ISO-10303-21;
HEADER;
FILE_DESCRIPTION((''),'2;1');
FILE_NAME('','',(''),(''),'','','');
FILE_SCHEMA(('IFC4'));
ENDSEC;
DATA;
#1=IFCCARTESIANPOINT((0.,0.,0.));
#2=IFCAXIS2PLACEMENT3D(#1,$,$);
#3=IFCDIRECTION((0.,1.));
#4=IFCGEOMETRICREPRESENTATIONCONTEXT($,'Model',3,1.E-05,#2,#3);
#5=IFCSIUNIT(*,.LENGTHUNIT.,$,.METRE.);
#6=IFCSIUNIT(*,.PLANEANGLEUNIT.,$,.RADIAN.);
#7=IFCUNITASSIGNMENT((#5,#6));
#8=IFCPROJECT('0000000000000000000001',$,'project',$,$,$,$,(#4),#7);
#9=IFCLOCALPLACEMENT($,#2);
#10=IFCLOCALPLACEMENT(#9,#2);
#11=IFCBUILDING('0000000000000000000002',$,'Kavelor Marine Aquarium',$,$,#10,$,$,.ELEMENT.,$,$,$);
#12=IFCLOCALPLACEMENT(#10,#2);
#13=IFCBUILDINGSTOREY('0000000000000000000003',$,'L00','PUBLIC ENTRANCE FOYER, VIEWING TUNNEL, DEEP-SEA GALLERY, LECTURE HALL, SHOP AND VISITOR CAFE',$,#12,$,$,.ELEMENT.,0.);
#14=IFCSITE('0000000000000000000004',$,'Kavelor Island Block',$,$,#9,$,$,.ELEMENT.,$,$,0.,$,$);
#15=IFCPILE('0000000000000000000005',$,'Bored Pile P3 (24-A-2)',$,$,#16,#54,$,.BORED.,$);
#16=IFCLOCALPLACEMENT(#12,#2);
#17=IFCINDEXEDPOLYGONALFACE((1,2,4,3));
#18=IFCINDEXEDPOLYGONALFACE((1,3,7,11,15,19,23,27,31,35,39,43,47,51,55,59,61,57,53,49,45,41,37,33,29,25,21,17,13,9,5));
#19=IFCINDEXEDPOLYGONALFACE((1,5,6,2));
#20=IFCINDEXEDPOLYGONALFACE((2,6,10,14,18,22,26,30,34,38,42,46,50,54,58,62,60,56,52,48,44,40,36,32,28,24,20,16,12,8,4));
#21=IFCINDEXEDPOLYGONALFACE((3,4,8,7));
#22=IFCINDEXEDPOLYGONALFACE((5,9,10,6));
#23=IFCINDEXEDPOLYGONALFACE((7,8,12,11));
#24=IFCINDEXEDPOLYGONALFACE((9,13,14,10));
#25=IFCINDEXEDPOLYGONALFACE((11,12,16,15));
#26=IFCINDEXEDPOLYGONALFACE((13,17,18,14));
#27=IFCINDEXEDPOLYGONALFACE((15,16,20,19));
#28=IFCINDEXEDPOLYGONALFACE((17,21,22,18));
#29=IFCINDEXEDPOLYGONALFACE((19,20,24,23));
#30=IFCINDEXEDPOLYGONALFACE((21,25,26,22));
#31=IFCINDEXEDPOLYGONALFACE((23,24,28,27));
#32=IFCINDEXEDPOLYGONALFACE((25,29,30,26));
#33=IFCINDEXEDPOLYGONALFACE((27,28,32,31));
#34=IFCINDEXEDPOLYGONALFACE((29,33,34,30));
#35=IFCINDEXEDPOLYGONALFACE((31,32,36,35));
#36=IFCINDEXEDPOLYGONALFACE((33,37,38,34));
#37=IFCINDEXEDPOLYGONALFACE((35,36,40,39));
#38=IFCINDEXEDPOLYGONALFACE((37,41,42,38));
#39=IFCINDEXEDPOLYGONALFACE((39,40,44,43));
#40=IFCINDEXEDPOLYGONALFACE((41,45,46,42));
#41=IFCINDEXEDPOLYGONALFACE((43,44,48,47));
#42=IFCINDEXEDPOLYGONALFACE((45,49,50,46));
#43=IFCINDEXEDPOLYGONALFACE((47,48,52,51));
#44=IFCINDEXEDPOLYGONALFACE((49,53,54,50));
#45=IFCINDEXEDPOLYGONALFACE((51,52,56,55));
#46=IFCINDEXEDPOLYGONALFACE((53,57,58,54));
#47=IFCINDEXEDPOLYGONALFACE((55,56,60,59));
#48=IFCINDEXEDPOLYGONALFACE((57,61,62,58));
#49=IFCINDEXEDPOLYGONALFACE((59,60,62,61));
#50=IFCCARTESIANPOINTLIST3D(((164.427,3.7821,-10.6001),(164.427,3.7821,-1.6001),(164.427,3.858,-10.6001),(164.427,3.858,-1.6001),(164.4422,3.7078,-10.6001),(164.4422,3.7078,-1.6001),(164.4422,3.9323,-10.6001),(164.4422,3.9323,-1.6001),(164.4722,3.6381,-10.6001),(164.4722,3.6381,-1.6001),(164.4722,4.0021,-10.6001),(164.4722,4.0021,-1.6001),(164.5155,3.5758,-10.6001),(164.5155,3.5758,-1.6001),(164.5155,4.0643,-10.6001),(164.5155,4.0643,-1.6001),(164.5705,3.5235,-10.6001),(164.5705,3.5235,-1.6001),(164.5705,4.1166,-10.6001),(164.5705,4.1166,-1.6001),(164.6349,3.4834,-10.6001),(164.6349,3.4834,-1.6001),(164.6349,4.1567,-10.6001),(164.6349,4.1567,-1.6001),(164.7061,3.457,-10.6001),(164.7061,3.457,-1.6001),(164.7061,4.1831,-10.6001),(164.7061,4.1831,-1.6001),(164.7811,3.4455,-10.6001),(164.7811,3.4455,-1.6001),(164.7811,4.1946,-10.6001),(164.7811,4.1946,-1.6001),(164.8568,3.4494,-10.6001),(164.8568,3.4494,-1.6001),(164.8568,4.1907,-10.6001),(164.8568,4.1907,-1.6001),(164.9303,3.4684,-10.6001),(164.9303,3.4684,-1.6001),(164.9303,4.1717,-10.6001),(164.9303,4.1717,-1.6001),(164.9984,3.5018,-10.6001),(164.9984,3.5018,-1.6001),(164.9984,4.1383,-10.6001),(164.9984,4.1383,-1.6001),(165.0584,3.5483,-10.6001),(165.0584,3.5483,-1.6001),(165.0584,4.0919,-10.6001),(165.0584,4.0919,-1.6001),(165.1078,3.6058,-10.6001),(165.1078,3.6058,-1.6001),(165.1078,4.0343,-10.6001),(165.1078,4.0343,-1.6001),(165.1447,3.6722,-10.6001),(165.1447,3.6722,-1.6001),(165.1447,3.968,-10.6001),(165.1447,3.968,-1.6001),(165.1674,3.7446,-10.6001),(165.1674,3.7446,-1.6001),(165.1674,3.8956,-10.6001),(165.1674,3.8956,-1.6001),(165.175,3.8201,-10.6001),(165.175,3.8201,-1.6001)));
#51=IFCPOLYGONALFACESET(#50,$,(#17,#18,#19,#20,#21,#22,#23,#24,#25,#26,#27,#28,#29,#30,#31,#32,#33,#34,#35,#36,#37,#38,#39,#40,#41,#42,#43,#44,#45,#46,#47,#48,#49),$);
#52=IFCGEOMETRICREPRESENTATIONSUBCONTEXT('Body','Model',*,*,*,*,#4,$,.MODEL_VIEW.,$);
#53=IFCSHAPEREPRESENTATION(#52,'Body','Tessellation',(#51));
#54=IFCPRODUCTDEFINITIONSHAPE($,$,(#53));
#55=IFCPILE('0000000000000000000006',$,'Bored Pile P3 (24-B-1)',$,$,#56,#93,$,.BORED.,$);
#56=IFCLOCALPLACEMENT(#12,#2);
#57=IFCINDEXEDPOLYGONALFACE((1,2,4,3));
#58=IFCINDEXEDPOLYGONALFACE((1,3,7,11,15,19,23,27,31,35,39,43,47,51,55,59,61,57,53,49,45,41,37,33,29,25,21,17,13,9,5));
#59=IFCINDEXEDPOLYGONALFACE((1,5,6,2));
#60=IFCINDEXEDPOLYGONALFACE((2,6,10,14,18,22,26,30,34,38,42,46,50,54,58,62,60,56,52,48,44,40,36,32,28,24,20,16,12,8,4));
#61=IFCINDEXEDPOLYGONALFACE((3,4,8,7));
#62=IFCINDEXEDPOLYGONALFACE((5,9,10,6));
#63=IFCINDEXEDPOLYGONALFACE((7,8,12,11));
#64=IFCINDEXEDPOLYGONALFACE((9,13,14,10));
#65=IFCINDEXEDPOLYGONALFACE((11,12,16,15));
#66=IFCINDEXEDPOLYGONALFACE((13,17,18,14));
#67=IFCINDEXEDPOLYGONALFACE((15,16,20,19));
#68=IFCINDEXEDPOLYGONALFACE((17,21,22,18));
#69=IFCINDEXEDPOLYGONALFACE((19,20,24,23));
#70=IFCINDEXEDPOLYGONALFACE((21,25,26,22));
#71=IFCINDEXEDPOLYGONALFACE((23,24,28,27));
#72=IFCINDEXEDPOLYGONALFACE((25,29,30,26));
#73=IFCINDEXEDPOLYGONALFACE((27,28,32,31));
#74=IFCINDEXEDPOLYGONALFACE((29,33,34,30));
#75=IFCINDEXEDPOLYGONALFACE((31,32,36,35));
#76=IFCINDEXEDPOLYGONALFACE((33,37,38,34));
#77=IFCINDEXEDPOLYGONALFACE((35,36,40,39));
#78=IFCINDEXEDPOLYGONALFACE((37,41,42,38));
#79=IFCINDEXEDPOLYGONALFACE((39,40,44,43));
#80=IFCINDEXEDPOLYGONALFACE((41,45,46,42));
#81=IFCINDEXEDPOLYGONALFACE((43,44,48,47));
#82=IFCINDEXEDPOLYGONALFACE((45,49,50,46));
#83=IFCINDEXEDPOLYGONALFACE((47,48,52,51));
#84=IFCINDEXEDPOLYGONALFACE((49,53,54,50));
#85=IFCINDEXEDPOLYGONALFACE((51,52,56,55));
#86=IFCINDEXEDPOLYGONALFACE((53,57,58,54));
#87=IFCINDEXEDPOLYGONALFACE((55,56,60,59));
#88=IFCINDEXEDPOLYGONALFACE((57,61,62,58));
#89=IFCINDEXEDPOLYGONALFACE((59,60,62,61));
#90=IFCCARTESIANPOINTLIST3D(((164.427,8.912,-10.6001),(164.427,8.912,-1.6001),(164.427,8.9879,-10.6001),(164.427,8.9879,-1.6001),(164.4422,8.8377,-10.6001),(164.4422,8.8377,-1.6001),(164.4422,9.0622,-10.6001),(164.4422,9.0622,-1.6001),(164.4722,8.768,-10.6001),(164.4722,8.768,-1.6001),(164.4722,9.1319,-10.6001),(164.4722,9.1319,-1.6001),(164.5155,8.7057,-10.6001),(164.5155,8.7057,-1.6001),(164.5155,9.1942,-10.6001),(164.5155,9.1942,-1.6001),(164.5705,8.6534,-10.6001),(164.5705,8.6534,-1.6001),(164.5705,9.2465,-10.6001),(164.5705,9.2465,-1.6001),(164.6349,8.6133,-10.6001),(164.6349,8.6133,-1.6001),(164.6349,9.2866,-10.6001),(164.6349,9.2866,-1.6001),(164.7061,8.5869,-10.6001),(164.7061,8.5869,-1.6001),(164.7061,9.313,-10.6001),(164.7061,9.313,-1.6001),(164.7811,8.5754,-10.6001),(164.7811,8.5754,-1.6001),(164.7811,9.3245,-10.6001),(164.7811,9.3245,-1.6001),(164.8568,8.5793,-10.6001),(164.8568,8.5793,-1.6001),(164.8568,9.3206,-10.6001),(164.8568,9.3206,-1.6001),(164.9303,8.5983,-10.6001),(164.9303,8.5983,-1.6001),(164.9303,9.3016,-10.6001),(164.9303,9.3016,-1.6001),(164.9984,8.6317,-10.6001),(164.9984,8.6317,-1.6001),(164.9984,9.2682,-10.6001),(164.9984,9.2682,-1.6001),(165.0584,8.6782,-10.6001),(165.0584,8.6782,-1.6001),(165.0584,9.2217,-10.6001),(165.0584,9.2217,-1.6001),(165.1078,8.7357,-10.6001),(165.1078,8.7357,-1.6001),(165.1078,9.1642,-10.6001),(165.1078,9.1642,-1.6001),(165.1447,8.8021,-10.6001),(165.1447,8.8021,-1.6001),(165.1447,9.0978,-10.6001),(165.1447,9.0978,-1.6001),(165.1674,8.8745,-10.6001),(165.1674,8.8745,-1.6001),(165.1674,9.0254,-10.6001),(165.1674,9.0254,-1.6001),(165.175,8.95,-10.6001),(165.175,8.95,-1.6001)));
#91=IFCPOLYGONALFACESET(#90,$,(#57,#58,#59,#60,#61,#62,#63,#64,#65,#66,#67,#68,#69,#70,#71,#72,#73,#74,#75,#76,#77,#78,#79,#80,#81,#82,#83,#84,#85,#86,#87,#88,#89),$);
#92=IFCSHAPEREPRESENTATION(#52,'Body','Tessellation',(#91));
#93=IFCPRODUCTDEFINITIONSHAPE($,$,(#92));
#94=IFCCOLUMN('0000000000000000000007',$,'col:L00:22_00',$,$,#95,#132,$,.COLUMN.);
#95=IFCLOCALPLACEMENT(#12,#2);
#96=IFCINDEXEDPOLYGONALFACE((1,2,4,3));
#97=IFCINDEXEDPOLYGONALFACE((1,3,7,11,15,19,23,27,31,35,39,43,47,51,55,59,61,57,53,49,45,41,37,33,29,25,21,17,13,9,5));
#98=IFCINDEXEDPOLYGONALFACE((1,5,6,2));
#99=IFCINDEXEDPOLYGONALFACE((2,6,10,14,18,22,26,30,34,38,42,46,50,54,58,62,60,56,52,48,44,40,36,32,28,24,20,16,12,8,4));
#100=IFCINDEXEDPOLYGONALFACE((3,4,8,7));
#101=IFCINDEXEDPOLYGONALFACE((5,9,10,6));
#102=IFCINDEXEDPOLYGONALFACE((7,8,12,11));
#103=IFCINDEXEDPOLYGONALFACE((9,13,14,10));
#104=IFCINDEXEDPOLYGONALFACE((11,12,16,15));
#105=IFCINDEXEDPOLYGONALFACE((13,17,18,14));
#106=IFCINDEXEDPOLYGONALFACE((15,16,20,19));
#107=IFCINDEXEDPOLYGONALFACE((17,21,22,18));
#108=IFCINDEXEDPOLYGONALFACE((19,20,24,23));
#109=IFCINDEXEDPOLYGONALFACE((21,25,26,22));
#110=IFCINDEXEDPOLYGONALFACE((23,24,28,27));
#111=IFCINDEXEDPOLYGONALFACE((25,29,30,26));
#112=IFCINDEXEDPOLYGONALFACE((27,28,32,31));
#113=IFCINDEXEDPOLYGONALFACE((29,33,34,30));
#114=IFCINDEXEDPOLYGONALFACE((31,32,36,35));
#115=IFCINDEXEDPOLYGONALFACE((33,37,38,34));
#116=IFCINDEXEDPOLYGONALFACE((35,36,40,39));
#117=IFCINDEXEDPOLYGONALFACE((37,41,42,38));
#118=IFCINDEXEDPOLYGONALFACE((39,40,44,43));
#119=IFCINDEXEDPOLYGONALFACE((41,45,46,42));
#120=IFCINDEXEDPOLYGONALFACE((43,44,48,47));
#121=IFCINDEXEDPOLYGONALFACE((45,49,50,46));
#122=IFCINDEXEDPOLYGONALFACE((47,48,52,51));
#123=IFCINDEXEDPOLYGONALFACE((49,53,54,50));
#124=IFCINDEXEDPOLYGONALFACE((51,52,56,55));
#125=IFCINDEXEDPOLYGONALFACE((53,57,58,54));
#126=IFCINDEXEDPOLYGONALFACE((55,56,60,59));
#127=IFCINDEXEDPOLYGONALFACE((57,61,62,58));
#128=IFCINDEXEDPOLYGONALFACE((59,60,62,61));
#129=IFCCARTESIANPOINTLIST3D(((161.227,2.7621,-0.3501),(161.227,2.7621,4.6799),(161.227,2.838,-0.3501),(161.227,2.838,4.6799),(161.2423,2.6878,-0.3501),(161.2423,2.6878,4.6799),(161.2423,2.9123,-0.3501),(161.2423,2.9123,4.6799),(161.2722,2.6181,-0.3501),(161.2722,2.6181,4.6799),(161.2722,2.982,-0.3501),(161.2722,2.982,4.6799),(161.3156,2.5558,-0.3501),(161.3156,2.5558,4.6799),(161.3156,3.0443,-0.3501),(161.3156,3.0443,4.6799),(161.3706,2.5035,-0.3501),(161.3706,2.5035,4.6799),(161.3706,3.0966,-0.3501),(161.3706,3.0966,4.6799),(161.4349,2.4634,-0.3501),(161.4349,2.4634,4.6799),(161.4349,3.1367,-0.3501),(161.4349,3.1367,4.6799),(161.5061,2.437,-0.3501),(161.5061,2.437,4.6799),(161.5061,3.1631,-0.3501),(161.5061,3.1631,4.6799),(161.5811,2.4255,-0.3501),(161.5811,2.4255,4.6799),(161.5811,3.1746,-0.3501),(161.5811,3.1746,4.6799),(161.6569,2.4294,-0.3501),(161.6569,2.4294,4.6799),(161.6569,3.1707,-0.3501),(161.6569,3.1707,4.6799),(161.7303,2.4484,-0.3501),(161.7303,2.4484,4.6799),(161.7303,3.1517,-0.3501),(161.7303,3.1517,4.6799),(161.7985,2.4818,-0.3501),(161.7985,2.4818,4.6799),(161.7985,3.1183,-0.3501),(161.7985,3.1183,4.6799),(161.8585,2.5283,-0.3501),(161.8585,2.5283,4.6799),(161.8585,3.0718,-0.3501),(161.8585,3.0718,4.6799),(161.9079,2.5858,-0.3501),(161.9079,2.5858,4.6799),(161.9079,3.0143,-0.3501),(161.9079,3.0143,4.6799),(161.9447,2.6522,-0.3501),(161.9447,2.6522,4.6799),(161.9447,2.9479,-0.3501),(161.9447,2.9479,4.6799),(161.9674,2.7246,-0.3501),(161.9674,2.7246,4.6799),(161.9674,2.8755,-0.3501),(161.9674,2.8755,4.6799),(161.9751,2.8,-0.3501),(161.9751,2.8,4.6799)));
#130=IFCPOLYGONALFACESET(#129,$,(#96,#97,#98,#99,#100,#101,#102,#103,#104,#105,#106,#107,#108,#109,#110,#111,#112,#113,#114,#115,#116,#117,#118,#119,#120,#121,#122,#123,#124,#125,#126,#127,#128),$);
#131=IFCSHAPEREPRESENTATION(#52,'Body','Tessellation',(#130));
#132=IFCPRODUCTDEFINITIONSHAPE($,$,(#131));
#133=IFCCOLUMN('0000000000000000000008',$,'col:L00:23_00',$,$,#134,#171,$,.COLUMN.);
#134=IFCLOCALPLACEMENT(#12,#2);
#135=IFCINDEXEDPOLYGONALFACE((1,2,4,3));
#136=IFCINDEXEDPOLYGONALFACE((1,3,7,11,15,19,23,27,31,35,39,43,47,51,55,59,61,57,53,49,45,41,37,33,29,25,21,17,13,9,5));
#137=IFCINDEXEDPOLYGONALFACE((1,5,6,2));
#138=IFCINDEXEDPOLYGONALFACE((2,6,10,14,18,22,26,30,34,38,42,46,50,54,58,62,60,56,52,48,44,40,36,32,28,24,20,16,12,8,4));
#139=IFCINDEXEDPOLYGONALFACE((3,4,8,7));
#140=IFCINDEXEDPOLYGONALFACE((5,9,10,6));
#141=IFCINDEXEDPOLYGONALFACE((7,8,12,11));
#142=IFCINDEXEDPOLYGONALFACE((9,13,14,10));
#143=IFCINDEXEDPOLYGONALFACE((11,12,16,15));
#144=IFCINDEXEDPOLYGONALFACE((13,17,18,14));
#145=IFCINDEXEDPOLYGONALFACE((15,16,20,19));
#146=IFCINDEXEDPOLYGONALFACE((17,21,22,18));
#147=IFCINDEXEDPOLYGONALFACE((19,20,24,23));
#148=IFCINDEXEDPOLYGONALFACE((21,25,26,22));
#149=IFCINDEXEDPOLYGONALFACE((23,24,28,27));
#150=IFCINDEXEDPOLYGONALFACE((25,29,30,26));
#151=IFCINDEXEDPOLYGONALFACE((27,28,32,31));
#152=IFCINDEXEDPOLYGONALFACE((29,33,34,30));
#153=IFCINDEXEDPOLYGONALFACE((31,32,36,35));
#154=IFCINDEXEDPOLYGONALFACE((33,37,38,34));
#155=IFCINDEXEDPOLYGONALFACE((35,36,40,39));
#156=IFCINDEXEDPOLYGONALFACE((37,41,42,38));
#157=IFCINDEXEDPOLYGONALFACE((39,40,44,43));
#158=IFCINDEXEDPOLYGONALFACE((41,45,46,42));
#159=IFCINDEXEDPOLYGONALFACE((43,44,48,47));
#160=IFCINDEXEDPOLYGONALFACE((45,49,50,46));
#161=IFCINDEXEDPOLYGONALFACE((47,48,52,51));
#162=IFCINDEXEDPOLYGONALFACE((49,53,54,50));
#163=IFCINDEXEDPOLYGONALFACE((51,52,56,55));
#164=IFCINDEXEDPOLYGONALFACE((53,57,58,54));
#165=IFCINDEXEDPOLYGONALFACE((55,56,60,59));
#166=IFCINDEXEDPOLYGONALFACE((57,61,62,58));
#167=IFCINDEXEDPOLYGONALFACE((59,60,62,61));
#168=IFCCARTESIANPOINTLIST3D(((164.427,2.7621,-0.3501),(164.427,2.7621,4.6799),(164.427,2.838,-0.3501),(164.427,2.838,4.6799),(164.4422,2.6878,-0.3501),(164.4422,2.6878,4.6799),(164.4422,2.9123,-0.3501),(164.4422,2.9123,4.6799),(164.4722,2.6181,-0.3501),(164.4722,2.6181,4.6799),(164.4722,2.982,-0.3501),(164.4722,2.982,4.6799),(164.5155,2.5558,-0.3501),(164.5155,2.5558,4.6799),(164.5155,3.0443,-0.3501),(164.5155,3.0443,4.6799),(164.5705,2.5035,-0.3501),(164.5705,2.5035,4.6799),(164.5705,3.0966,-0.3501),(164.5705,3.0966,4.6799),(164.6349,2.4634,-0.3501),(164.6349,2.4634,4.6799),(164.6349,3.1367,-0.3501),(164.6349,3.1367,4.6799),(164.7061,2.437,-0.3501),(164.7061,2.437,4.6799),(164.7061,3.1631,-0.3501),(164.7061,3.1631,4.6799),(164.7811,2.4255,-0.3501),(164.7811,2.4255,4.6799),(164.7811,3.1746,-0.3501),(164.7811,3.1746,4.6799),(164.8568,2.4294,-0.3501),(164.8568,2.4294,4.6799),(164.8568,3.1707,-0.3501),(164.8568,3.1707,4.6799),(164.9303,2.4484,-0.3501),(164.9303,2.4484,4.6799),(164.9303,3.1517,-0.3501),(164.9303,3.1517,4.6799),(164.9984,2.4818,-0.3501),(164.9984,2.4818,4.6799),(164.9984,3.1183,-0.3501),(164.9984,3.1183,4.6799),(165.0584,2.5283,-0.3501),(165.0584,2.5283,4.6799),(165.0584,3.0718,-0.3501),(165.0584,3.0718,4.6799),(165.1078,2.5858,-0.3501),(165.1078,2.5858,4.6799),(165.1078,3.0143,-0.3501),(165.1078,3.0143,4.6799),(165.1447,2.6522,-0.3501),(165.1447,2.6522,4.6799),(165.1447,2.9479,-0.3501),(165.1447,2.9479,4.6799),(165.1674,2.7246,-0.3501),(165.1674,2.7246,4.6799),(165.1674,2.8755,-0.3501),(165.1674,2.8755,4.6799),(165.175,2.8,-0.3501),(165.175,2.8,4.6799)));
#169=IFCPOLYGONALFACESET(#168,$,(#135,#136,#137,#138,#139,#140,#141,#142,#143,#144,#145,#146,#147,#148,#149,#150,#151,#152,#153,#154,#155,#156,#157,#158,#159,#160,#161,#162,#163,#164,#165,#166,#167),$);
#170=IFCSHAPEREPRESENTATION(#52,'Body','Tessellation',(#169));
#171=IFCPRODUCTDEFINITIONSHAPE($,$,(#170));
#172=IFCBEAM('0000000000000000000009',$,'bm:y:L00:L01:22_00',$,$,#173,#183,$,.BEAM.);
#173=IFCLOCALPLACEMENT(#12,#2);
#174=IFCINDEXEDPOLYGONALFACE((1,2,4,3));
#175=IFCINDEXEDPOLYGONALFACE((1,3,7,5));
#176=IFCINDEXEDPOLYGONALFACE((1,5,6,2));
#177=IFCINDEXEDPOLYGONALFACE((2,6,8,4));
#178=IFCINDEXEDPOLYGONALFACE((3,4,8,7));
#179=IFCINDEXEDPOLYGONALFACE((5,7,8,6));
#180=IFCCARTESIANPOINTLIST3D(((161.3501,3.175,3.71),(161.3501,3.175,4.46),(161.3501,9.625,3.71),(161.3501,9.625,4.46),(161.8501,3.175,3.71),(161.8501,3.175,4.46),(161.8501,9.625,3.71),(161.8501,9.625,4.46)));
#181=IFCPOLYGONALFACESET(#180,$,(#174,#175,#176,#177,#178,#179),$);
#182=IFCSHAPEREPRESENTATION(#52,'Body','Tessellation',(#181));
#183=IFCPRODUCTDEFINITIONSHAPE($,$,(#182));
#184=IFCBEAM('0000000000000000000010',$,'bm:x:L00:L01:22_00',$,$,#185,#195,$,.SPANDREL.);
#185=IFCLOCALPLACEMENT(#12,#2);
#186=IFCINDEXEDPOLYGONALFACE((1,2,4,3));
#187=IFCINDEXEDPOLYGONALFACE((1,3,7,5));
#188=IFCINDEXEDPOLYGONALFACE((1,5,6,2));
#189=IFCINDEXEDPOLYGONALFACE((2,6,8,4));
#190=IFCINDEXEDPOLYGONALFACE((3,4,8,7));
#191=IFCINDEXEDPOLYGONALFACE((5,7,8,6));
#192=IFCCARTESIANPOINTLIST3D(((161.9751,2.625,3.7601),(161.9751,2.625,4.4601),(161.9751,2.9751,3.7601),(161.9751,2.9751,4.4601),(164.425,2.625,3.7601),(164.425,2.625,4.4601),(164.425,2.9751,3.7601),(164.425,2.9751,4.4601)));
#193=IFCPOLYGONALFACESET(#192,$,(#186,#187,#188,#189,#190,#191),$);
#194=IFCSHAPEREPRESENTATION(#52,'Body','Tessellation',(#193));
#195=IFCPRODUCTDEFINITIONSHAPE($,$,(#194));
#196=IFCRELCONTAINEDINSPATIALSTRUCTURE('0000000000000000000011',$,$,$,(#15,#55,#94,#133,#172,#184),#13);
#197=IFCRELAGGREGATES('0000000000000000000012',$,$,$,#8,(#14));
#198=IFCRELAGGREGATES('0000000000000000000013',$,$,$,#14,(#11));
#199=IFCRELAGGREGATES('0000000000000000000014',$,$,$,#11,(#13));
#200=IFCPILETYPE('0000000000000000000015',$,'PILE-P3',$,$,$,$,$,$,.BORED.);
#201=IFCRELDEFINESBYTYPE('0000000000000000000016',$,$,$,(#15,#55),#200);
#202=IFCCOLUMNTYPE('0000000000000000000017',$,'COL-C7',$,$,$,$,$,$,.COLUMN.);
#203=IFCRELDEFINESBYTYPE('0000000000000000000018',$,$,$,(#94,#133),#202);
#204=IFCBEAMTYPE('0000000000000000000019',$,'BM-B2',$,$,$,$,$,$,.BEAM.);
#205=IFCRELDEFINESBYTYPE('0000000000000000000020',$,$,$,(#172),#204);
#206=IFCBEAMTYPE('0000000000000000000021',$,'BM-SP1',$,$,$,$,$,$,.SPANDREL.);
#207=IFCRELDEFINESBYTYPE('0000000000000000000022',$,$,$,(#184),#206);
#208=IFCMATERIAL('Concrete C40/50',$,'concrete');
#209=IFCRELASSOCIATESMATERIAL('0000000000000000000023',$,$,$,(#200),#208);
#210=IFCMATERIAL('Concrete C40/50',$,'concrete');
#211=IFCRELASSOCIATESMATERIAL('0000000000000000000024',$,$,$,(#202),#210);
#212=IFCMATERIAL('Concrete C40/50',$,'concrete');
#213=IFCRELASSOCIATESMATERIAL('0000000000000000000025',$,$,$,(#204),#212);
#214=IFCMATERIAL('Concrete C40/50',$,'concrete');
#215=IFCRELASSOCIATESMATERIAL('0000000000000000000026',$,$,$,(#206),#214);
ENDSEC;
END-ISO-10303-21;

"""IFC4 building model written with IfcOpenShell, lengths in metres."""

from ifc_helpers import new_model, si_unit, direction, frame, origin, origin_2d, place, context, subcontext, project, spatial, rectangle, circle, extrude, material, material_profile, profile_set, type_object, element, save


model = new_model("IFC4")

# Units and contexts
model_context = context("Model", 3, precision=1e-05, world=origin(), true_north=direction((0.0, 1.0)))
body_context = subcontext(model_context, "Body", "Model", "MODEL_VIEW")
ifc_project = project(units=[si_unit("LENGTHUNIT", "METRE"), si_unit("PLANEANGLEUNIT", "RADIAN")], contexts=[model_context])

# Site, building, storey
site_placement = place(None, origin())
site = spatial("IfcSite", under=ifc_project, at=site_placement, Name="Kavelor Island Block", CompositionType="ELEMENT", RefElevation=0.0)
building_placement = place(site_placement, origin())
building = spatial("IfcBuilding", under=site, at=building_placement, Name="Kavelor Marine Aquarium", CompositionType="ELEMENT")
storey_placement = place(building_placement, origin())
storey = spatial("IfcBuildingStorey", under=building, at=storey_placement, Name="L00", Description="PUBLIC ENTRANCE FOYER, VIEWING TUNNEL, DEEP-SEA GALLERY, LECTURE HALL, SHOP AND VISITOR CAFE", CompositionType="ELEMENT", Elevation=0.0)

# Piles
ifc_material_1 = material(Name="Concrete C40/50", Category="concrete")
ifc_material_profile_1 = material_profile(ifc_material_1, circle(Radius=0.375, at=origin_2d()), Name="PILE D750")
ifc_profile_set_1 = profile_set([ifc_material_profile_1], Name="Concrete C40/50")
pile_type = type_object("IfcPileType", Name="PILE-P3", PredefinedType="BORED", material=ifc_profile_set_1)
for number, where, z_axis, x_axis, name in (
    (1, (164.8, 3.8201, -1.6001), (0.0, 0.0, -1.0), (1.0, 0.0, 0.0), "Bored Pile P3 (24-A-2)"),
    (2, (164.8, 8.95, -1.6001), (0.0, 0.0, -1.0), (1.0, 0.0, 0.0), "Bored Pile P3 (24-B-1)"),
):
    element("IfcPile", number, at=place(storey_placement, frame(where, z_axis=z_axis, x_axis=x_axis)), inside=storey, type_object=pile_type, Name=name, PredefinedType="BORED", context=body_context, shape_type="SweptSolid", body=[
        extrude(circle(Radius=0.375, at=origin_2d()), origin(), (0.0, 0.0, 1.0), 9.0),
    ])

# Columns
ifc_material_2 = material(Name="Concrete C40/50", Category="concrete")
ifc_material_profile_2 = material_profile(ifc_material_2, circle(Radius=0.375, at=origin_2d()), Name="RC-COL D750")
ifc_profile_set_2 = profile_set([ifc_material_profile_2], Name="Concrete C40/50")
column_type = type_object("IfcColumnType", Name="COL-C7", PredefinedType="COLUMN", material=ifc_profile_set_2)
for number, where, z_axis, x_axis, name in (
    (3, (161.6001, 2.8, -0.3501), (0.0, 0.0, 1.0), (1.0, 0.0, 0.0), "col:L00:22_00"),
    (4, (164.8, 2.8, -0.3501), (0.0, 0.0, 1.0), (1.0, 0.0, 0.0), "col:L00:23_00"),
):
    element("IfcColumn", number, at=place(storey_placement, frame(where, z_axis=z_axis, x_axis=x_axis)), inside=storey, type_object=column_type, Name=name, PredefinedType="COLUMN", context=body_context, shape_type="SweptSolid", body=[
        extrude(circle(Radius=0.375, at=origin_2d()), origin(), (0.0, 0.0, 1.0), 5.03),
    ])

# Beams
ifc_material_3 = material(Name="Concrete C40/50", Category="concrete")
ifc_material_profile_3 = material_profile(ifc_material_3, rectangle(XDim=0.5, YDim=0.75, at=origin_2d()), Name="RC-BM 500x750")
ifc_profile_set_3 = profile_set([ifc_material_profile_3], Name="Concrete C40/50")
beam_type_1 = type_object("IfcBeamType", Name="BM-B2", PredefinedType="BEAM", material=ifc_profile_set_3)
beam_1_placement = place(storey_placement, frame((161.6001, 3.175, 4.085), z_axis=(0.0, 1.0, 0.0), x_axis=(-1.0, 0.0, 0.0)))
element("IfcBeam", 5, at=beam_1_placement, inside=storey, type_object=beam_type_1, Name="bm:y:L00:L01:22_00", PredefinedType="BEAM", context=body_context, shape_type="SweptSolid", body=[
    extrude(rectangle(XDim=0.5, YDim=0.75, at=origin_2d()), origin(), (0.0, 0.0, 1.0), 6.45),
])
ifc_material_4 = material(Name="Concrete C40/50", Category="concrete")
ifc_material_profile_4 = material_profile(ifc_material_4, rectangle(XDim=0.3501, YDim=0.7, at=origin_2d()), Name="RC-SP 350x700")
ifc_profile_set_4 = profile_set([ifc_material_profile_4], Name="Concrete C40/50")
beam_type_2 = type_object("IfcBeamType", Name="BM-SP1", PredefinedType="SPANDREL", material=ifc_profile_set_4)
beam_2_placement = place(storey_placement, frame((161.9751, 2.8, 4.1101), z_axis=(1.0, 0.0, 0.0), x_axis=(0.0, 1.0, 0.0)))
element("IfcBeam", 6, at=beam_2_placement, inside=storey, type_object=beam_type_2, Name="bm:x:L00:L01:22_00", PredefinedType="SPANDREL", context=body_context, shape_type="SweptSolid", body=[
    extrude(rectangle(XDim=0.3501, YDim=0.7, at=origin_2d()), origin(), (0.0, 0.0, 1.0), 2.45),
])

save(model, "model.ifc")
